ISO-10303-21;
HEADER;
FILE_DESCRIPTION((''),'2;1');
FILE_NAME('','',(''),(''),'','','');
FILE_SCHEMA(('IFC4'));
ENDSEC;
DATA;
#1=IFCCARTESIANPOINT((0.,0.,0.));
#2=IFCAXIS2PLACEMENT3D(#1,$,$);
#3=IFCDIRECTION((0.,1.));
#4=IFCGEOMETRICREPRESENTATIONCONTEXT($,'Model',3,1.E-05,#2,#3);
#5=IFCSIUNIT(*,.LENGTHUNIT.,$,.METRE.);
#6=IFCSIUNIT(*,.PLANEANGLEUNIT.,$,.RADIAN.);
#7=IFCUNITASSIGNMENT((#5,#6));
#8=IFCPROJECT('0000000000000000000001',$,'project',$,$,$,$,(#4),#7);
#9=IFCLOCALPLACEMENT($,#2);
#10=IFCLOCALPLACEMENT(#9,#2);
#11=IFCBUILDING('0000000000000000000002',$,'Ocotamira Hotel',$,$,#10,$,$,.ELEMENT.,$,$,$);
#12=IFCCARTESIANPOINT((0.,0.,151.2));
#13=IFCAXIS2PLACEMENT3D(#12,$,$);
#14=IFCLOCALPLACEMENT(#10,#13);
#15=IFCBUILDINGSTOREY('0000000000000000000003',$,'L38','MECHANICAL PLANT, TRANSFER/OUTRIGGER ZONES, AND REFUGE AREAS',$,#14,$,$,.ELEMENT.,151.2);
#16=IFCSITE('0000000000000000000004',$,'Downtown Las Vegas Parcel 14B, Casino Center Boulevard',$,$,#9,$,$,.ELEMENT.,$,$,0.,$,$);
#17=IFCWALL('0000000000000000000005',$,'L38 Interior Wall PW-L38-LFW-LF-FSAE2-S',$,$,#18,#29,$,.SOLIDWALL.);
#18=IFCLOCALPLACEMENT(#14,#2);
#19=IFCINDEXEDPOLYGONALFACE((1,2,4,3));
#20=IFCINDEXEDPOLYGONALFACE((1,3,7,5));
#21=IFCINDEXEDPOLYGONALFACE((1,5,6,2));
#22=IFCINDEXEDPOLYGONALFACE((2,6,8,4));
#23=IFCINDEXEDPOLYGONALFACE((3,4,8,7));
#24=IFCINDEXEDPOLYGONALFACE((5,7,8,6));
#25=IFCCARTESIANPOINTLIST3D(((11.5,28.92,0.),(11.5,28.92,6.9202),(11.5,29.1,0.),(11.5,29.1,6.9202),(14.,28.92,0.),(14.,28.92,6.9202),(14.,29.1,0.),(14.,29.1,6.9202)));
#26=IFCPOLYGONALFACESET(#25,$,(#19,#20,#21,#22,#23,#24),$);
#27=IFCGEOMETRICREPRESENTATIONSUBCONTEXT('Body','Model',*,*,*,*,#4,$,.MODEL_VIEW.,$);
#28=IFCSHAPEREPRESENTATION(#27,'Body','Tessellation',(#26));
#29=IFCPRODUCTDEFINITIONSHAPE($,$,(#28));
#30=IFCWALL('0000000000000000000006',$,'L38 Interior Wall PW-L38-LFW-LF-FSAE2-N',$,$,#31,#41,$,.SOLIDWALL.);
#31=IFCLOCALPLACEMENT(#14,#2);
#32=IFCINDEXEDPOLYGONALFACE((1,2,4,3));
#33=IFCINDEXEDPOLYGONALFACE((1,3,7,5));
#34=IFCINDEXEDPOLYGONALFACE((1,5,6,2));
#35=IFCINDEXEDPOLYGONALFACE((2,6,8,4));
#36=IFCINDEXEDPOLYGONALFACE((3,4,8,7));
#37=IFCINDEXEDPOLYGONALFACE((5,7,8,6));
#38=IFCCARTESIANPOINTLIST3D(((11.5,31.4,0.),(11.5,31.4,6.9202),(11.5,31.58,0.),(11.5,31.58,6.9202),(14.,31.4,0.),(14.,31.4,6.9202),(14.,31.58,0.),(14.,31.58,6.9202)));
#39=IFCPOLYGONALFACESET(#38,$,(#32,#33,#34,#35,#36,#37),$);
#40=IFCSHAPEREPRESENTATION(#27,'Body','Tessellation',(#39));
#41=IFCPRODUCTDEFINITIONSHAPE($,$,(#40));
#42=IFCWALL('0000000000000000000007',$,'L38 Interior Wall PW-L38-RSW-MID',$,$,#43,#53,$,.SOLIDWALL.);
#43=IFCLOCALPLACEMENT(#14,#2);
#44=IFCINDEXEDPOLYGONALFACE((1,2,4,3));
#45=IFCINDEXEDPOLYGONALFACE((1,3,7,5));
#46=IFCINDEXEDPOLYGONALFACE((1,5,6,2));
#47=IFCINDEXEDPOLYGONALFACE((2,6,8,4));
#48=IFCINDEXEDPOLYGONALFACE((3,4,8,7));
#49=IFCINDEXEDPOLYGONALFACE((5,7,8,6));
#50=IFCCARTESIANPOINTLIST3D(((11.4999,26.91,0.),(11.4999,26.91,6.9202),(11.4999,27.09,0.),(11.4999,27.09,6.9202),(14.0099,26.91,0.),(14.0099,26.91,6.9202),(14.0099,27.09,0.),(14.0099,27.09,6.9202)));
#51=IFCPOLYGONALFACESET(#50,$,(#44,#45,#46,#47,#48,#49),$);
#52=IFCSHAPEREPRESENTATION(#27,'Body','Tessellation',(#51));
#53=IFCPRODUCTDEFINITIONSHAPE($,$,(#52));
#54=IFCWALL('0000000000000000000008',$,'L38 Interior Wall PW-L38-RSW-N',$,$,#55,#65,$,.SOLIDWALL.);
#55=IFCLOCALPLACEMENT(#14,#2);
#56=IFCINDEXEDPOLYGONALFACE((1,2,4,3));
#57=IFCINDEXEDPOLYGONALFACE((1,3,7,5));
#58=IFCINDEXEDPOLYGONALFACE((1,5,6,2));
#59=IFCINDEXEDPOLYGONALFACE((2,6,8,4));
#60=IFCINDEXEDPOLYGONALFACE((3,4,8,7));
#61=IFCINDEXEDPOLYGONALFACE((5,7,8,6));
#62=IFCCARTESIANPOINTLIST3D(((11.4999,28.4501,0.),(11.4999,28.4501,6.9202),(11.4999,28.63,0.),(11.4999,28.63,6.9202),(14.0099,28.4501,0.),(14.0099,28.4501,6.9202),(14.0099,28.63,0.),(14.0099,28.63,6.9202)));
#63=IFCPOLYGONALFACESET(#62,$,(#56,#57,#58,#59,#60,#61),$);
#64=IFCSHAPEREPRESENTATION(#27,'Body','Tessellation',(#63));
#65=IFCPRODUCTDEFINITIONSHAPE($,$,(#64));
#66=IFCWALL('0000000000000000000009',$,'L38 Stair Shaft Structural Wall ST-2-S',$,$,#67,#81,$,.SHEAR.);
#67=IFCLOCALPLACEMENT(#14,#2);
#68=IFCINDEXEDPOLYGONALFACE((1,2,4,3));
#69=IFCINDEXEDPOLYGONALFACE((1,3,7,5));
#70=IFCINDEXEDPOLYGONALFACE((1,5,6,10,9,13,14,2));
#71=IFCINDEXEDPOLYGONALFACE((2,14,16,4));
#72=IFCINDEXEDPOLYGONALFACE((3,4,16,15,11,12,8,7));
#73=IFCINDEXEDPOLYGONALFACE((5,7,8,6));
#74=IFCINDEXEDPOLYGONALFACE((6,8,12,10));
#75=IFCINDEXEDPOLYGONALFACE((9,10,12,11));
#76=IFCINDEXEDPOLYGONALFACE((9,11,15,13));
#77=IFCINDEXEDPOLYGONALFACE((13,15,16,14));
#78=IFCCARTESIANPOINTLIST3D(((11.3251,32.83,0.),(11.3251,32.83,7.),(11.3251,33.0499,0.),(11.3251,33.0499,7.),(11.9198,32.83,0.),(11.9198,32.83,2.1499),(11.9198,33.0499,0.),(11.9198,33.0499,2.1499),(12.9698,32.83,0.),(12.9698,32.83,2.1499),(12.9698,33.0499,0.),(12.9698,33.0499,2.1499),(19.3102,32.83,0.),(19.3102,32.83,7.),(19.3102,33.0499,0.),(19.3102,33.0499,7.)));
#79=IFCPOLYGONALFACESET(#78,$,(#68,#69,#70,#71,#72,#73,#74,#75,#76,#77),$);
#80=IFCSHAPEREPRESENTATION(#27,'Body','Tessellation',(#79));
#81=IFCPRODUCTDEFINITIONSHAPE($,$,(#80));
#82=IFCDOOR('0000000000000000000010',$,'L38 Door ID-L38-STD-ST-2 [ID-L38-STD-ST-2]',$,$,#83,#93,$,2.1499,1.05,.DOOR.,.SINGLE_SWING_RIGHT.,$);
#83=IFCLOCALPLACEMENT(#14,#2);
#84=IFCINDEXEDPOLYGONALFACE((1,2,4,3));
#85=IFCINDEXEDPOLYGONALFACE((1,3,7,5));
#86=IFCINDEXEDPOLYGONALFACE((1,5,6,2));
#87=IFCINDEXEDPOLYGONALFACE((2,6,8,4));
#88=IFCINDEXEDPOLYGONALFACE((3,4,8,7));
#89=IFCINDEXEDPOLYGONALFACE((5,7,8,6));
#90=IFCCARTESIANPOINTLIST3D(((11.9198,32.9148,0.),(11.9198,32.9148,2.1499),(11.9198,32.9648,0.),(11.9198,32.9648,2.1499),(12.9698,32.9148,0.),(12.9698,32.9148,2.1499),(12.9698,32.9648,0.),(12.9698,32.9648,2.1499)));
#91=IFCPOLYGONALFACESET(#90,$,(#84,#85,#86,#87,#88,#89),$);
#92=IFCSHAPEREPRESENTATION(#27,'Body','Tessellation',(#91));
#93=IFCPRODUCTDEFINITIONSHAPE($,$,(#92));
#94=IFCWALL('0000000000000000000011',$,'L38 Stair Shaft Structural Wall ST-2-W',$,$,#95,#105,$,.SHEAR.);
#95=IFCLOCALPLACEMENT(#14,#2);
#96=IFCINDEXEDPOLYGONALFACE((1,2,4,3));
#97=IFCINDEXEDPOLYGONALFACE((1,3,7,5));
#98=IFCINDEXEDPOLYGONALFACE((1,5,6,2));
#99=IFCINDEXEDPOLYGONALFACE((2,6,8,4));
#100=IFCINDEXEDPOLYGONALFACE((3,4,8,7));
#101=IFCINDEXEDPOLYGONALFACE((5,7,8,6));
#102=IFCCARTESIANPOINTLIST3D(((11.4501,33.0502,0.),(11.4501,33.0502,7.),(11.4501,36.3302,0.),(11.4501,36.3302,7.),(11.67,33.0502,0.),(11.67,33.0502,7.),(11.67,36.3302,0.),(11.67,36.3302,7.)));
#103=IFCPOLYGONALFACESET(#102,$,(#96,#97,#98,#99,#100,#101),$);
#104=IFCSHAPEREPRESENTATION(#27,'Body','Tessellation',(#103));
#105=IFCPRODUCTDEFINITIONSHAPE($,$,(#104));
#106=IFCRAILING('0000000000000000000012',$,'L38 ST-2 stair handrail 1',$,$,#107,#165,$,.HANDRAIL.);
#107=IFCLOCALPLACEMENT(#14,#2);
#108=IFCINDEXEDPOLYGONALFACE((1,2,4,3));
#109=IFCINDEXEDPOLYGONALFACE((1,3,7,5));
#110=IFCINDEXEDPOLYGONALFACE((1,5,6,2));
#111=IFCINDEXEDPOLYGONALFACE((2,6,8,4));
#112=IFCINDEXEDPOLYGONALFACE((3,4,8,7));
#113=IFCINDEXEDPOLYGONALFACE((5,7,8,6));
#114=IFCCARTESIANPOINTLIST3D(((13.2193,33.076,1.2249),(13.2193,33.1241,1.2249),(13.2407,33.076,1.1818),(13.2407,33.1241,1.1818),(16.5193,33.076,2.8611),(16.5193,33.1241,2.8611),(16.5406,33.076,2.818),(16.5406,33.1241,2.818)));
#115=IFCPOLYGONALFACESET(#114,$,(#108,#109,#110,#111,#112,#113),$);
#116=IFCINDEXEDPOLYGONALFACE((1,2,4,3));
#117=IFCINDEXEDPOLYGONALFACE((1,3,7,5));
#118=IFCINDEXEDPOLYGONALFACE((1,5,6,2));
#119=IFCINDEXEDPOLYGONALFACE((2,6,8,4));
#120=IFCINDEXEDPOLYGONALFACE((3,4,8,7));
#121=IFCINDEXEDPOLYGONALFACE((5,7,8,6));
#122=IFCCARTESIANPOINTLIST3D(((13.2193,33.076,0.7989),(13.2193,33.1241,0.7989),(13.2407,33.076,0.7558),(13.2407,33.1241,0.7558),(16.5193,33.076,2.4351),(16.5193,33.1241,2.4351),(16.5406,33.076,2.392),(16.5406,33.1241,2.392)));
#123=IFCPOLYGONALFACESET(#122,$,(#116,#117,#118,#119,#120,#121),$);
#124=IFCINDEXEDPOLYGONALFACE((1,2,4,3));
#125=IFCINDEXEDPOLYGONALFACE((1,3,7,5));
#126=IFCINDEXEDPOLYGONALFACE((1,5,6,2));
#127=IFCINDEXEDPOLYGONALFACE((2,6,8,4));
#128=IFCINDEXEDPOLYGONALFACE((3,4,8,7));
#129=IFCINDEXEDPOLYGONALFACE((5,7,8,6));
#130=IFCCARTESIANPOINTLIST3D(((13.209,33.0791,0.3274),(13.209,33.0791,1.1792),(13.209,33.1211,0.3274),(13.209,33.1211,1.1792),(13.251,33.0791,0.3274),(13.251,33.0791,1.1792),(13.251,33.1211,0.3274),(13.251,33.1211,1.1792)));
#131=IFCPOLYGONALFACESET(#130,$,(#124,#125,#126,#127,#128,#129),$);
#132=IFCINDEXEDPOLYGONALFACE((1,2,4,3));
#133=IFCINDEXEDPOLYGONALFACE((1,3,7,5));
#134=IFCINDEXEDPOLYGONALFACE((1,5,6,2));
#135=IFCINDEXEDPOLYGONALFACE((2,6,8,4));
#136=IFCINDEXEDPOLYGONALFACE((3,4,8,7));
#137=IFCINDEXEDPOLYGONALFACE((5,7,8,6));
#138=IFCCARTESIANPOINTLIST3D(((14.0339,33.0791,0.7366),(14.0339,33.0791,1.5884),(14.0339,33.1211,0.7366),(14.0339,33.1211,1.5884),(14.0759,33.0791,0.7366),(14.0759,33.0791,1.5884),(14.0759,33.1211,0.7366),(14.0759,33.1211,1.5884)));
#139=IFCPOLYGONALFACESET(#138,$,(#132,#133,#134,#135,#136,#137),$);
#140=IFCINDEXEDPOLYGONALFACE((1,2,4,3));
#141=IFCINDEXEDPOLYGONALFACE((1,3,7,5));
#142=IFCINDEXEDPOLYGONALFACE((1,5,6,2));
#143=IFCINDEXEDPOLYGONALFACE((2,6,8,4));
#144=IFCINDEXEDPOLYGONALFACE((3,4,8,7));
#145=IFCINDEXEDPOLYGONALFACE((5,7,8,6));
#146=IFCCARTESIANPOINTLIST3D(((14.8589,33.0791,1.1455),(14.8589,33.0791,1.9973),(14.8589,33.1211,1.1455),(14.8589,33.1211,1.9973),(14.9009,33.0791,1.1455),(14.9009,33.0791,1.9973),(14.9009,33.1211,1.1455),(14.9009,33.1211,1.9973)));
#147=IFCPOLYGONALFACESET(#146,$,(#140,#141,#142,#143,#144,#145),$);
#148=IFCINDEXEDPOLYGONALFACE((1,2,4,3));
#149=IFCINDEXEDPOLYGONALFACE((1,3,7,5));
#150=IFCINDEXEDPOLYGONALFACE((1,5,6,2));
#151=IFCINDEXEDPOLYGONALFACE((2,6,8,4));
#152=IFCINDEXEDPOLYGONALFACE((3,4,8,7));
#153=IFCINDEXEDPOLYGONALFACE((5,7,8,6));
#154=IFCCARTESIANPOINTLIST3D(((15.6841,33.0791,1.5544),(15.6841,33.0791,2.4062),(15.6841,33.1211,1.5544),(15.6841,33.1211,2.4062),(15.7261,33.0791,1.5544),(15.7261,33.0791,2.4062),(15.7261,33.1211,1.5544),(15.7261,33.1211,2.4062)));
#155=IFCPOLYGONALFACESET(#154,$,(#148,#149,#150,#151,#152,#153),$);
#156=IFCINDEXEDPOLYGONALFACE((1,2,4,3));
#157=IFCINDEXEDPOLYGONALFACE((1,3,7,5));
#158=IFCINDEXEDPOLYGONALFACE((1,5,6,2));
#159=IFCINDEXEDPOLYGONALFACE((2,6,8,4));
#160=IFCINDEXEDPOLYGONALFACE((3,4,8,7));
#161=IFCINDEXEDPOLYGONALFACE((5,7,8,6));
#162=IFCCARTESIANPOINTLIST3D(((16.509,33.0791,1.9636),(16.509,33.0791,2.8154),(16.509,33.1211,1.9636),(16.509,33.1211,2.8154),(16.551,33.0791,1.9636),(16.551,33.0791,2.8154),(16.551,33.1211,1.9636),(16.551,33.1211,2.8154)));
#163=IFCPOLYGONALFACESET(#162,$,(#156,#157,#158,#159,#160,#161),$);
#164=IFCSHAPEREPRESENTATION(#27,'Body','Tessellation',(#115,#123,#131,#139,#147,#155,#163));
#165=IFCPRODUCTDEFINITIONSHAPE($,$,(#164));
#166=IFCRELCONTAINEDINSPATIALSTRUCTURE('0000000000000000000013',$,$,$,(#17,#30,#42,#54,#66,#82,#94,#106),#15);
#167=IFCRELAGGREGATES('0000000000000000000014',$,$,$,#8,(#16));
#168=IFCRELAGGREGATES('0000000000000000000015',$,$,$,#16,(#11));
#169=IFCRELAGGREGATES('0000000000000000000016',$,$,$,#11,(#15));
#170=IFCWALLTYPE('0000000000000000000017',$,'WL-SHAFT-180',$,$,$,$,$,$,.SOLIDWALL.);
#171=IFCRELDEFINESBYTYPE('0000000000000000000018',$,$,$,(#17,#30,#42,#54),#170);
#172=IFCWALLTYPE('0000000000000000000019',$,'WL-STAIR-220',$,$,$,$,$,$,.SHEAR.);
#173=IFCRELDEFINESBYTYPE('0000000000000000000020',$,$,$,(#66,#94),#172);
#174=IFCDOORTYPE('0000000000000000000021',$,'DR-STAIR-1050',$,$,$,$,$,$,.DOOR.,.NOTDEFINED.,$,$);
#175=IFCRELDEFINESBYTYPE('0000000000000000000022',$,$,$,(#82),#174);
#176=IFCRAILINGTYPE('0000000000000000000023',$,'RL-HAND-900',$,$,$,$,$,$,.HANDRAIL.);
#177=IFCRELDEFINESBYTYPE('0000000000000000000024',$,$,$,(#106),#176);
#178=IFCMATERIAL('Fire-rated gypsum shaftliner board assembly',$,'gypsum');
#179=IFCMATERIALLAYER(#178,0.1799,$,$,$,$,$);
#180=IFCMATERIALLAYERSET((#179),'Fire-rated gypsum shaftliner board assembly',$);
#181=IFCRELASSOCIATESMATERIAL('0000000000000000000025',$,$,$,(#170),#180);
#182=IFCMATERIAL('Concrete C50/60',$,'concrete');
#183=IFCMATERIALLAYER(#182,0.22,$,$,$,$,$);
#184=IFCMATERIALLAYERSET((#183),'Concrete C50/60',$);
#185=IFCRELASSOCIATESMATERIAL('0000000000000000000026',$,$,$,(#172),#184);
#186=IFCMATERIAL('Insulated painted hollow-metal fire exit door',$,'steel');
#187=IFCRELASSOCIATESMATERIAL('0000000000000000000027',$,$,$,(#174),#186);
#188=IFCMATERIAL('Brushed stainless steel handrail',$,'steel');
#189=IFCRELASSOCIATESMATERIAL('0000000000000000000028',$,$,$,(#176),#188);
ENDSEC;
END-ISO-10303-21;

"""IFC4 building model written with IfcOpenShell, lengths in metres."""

from ifc_helpers import new_model, si_unit, direction, frame, frame_2d, origin, origin_2d, place, context, subcontext, project, spatial, rectangle, extrude, source, transform, mapped, material, layer, layer_set, type_object, element, fill, save


model = new_model("IFC4")

# Units and contexts
model_context = context("Model", 3, precision=1e-05, world=origin(), true_north=direction((0.0, 1.0)))
body_context = subcontext(model_context, "Body", "Model", "MODEL_VIEW")
ifc_project = project(units=[si_unit("LENGTHUNIT", "METRE"), si_unit("PLANEANGLEUNIT", "RADIAN")], contexts=[model_context])

# Site, building, storey
site_placement = place(None, origin())
site = spatial("IfcSite", under=ifc_project, at=site_placement, Name="Downtown Las Vegas Parcel 14B, Casino Center Boulevard", CompositionType="ELEMENT", RefElevation=0.0)
building_placement = place(site_placement, origin())
building = spatial("IfcBuilding", under=site, at=building_placement, Name="Ocotamira Hotel", CompositionType="ELEMENT")
storey_placement = place(building_placement, frame((0.0, 0.0, 151.2)))
storey = spatial("IfcBuildingStorey", under=building, at=storey_placement, Name="L38", Description="MECHANICAL PLANT, TRANSFER/OUTRIGGER ZONES, AND REFUGE AREAS", CompositionType="ELEMENT", Elevation=151.2)

# Walls
ifc_material_1 = material(Name="Fire-rated gypsum shaftliner board assembly", Category="gypsum")
ifc_layer_1 = layer(ifc_material_1, 0.1799)
ifc_layer_set_1 = layer_set([ifc_layer_1], Name="Fire-rated gypsum shaftliner board assembly")
wall_type_1 = type_object("IfcWallType", Name="WL-SHAFT-180", PredefinedType="SOLIDWALL", material=ifc_layer_set_1)
for number, where, z_axis, x_axis, name in (
    (1, (11.5, 29.01, 0.0), (0.0, 0.0, 1.0), (1.0, 0.0, 0.0), "L38 Interior Wall PW-L38-LFW-LF-FSAE2-S"),
    (2, (11.5, 31.49, 0.0), (0.0, 0.0, 1.0), (1.0, 0.0, 0.0), "L38 Interior Wall PW-L38-LFW-LF-FSAE2-N"),
):
    element("IfcWall", number, at=place(storey_placement, frame(where, z_axis=z_axis, x_axis=x_axis)), inside=storey, type_object=wall_type_1, Name=name, PredefinedType="SOLIDWALL", context=body_context, shape_type="SweptSolid", body=[
        extrude(rectangle(XDim=2.5, YDim=0.1799, at=frame_2d((1.25, 0.0))), origin(), (0.0, 0.0, 1.0), 6.9202),
    ])
for number, where, z_axis, x_axis, name in (
    (3, (11.5, 27.0, 0.0), (0.0, 0.0, 1.0), (1.0, 0.0, 0.0), "L38 Interior Wall PW-L38-RSW-MID"),
    (4, (11.5, 28.54, 0.0), (0.0, 0.0, 1.0), (1.0, 0.0, 0.0), "L38 Interior Wall PW-L38-RSW-N"),
):
    element("IfcWall", number, at=place(storey_placement, frame(where, z_axis=z_axis, x_axis=x_axis)), inside=storey, type_object=wall_type_1, Name=name, PredefinedType="SOLIDWALL", context=body_context, shape_type="SweptSolid", body=[
        extrude(rectangle(XDim=2.51, YDim=0.1799, at=frame_2d((1.2549, 0.0))), origin(), (0.0, 0.0, 1.0), 6.9202),
    ])

# Wall, opening, door
ifc_material_2 = material(Name="Concrete C50/60", Category="concrete")
ifc_layer_2 = layer(ifc_material_2, 0.22)
ifc_layer_set_2 = layer_set([ifc_layer_2], Name="Concrete C50/60")
wall_type_2 = type_object("IfcWallType", Name="WL-STAIR-220", PredefinedType="SHEAR", material=ifc_layer_set_2)
wall_1_placement = place(storey_placement, frame((11.325, 32.9399, 0.0), z_axis=(0.0, 0.0, 1.0), x_axis=(1.0, 0.0, 0.0)))
wall_1 = element("IfcWall", 5, at=wall_1_placement, inside=storey, type_object=wall_type_2, Name="L38 Stair Shaft Structural Wall ST-2-S", PredefinedType="SHEAR", context=body_context, shape_type="SweptSolid", body=[
    extrude(rectangle(XDim=7.9851, YDim=0.22, at=frame_2d((3.9927, 0.0))), origin(), (0.0, 0.0, 1.0), 7.0),
])
opening_placement = place(wall_1_placement, frame((0.595, 0.0, 0.0)))
opening = element("IfcOpeningElement", 6, at=opening_placement, cuts=wall_1, PredefinedType="OPENING", context=body_context, shape_type="SweptSolid", body=[
    extrude(rectangle(XDim=1.05, YDim=2.1499, at=frame_2d((0.5249, 1.075))), frame((0.0, 0.1201, 0.0), z_axis=(0.0, -1.0, 0.0), x_axis=(1.0, 0.0, 0.0)), (0.0, 0.0, 1.0), 0.24),
])
ifc_material_3 = material(Name="Insulated painted hollow-metal fire exit door", Category="steel")
door_type = type_object("IfcDoorType", Name="DR-STAIR-1050", OperationType="NOTDEFINED", PredefinedType="DOOR", material=ifc_material_3)
shared_shape_1 = source(origin(), body_context, "Body", "SweptSolid", [
    extrude(rectangle(XDim=1.05, YDim=2.1499, at=frame_2d((0.5249, 1.075))), frame((0.0, 0.0249, 0.0), z_axis=(0.0, -1.0, 0.0), x_axis=(1.0, 0.0, 0.0)), (0.0, 0.0, 1.0), 0.05),
])
door_placement = place(opening_placement, origin())
door = element("IfcDoor", 7, at=door_placement, inside=storey, type_object=door_type, Name="L38 Door ID-L38-STD-ST-2 [ID-L38-STD-ST-2]", OperationType="SINGLE_SWING_RIGHT", OverallHeight=2.1499, OverallWidth=1.05, PredefinedType="DOOR", context=body_context, shape_type="MappedRepresentation", body=[
    mapped(shared_shape_1, transform((0.0, 0.0, 0.0), scale=1.0)),
])
fill(opening, door)

# Wall
wall_2_placement = place(storey_placement, frame((11.5601, 33.05, 0.0), z_axis=(0.0, 0.0, 1.0), x_axis=(0.0, 1.0, 0.0)))
element("IfcWall", 8, at=wall_2_placement, inside=storey, type_object=wall_type_2, Name="L38 Stair Shaft Structural Wall ST-2-W", PredefinedType="SHEAR", context=body_context, shape_type="SweptSolid", body=[
    extrude(rectangle(XDim=3.28, YDim=0.22, at=frame_2d((1.6401, 0.0))), origin(), (0.0, 0.0, 1.0), 7.0),
])

# Railing
ifc_material_4 = material(Name="Brushed stainless steel handrail", Category="steel")
railing_type_1 = type_object("IfcRailingType", Name="RL-HAND-900", PredefinedType="HANDRAIL", material=ifc_material_4)
railing_1_placement = place(storey_placement, frame((13.23, 33.1001, 0.3274)))
element("IfcRailing", 9, at=railing_1_placement, inside=storey, type_object=railing_type_1, Name="L38 ST-2 stair handrail 1", PredefinedType="HANDRAIL", context=body_context, shape_type="SweptSolid", body=[
    extrude(rectangle(XDim=0.0481, YDim=0.0481, at=origin_2d()), frame((0.0, 0.0, 0.876), z_axis=(0.89592, 0.0, 0.444215), x_axis=(0.0, 1.0, 0.0)), (0.0, 0.0, 1.0), 3.6833),
    extrude(rectangle(XDim=0.0481, YDim=0.0481, at=origin_2d()), frame((0.0, 0.0, 0.45), z_axis=(0.89592, 0.0, 0.444215), x_axis=(0.0, 1.0, 0.0)), (0.0, 0.0, 1.0), 3.6833),
    extrude(rectangle(XDim=0.042, YDim=0.042, at=origin_2d()), origin(), (0.0, 0.0, 1.0), 0.8518),
    extrude(rectangle(XDim=0.042, YDim=0.042, at=origin_2d()), frame((0.825, 0.0, 0.4092)), (0.0, 0.0, 1.0), 0.8518),
    extrude(rectangle(XDim=0.042, YDim=0.042, at=origin_2d()), frame((1.6499, 0.0, 0.8181)), (0.0, 0.0, 1.0), 0.8518),
    extrude(rectangle(XDim=0.042, YDim=0.042, at=origin_2d()), frame((2.4751, 0.0, 1.2271)), (0.0, 0.0, 1.0), 0.8518),
    extrude(rectangle(XDim=0.042, YDim=0.042, at=origin_2d()), frame((3.3, 0.0, 1.6362)), (0.0, 0.0, 1.0), 0.8518),
])

save(model, "model.ifc")
